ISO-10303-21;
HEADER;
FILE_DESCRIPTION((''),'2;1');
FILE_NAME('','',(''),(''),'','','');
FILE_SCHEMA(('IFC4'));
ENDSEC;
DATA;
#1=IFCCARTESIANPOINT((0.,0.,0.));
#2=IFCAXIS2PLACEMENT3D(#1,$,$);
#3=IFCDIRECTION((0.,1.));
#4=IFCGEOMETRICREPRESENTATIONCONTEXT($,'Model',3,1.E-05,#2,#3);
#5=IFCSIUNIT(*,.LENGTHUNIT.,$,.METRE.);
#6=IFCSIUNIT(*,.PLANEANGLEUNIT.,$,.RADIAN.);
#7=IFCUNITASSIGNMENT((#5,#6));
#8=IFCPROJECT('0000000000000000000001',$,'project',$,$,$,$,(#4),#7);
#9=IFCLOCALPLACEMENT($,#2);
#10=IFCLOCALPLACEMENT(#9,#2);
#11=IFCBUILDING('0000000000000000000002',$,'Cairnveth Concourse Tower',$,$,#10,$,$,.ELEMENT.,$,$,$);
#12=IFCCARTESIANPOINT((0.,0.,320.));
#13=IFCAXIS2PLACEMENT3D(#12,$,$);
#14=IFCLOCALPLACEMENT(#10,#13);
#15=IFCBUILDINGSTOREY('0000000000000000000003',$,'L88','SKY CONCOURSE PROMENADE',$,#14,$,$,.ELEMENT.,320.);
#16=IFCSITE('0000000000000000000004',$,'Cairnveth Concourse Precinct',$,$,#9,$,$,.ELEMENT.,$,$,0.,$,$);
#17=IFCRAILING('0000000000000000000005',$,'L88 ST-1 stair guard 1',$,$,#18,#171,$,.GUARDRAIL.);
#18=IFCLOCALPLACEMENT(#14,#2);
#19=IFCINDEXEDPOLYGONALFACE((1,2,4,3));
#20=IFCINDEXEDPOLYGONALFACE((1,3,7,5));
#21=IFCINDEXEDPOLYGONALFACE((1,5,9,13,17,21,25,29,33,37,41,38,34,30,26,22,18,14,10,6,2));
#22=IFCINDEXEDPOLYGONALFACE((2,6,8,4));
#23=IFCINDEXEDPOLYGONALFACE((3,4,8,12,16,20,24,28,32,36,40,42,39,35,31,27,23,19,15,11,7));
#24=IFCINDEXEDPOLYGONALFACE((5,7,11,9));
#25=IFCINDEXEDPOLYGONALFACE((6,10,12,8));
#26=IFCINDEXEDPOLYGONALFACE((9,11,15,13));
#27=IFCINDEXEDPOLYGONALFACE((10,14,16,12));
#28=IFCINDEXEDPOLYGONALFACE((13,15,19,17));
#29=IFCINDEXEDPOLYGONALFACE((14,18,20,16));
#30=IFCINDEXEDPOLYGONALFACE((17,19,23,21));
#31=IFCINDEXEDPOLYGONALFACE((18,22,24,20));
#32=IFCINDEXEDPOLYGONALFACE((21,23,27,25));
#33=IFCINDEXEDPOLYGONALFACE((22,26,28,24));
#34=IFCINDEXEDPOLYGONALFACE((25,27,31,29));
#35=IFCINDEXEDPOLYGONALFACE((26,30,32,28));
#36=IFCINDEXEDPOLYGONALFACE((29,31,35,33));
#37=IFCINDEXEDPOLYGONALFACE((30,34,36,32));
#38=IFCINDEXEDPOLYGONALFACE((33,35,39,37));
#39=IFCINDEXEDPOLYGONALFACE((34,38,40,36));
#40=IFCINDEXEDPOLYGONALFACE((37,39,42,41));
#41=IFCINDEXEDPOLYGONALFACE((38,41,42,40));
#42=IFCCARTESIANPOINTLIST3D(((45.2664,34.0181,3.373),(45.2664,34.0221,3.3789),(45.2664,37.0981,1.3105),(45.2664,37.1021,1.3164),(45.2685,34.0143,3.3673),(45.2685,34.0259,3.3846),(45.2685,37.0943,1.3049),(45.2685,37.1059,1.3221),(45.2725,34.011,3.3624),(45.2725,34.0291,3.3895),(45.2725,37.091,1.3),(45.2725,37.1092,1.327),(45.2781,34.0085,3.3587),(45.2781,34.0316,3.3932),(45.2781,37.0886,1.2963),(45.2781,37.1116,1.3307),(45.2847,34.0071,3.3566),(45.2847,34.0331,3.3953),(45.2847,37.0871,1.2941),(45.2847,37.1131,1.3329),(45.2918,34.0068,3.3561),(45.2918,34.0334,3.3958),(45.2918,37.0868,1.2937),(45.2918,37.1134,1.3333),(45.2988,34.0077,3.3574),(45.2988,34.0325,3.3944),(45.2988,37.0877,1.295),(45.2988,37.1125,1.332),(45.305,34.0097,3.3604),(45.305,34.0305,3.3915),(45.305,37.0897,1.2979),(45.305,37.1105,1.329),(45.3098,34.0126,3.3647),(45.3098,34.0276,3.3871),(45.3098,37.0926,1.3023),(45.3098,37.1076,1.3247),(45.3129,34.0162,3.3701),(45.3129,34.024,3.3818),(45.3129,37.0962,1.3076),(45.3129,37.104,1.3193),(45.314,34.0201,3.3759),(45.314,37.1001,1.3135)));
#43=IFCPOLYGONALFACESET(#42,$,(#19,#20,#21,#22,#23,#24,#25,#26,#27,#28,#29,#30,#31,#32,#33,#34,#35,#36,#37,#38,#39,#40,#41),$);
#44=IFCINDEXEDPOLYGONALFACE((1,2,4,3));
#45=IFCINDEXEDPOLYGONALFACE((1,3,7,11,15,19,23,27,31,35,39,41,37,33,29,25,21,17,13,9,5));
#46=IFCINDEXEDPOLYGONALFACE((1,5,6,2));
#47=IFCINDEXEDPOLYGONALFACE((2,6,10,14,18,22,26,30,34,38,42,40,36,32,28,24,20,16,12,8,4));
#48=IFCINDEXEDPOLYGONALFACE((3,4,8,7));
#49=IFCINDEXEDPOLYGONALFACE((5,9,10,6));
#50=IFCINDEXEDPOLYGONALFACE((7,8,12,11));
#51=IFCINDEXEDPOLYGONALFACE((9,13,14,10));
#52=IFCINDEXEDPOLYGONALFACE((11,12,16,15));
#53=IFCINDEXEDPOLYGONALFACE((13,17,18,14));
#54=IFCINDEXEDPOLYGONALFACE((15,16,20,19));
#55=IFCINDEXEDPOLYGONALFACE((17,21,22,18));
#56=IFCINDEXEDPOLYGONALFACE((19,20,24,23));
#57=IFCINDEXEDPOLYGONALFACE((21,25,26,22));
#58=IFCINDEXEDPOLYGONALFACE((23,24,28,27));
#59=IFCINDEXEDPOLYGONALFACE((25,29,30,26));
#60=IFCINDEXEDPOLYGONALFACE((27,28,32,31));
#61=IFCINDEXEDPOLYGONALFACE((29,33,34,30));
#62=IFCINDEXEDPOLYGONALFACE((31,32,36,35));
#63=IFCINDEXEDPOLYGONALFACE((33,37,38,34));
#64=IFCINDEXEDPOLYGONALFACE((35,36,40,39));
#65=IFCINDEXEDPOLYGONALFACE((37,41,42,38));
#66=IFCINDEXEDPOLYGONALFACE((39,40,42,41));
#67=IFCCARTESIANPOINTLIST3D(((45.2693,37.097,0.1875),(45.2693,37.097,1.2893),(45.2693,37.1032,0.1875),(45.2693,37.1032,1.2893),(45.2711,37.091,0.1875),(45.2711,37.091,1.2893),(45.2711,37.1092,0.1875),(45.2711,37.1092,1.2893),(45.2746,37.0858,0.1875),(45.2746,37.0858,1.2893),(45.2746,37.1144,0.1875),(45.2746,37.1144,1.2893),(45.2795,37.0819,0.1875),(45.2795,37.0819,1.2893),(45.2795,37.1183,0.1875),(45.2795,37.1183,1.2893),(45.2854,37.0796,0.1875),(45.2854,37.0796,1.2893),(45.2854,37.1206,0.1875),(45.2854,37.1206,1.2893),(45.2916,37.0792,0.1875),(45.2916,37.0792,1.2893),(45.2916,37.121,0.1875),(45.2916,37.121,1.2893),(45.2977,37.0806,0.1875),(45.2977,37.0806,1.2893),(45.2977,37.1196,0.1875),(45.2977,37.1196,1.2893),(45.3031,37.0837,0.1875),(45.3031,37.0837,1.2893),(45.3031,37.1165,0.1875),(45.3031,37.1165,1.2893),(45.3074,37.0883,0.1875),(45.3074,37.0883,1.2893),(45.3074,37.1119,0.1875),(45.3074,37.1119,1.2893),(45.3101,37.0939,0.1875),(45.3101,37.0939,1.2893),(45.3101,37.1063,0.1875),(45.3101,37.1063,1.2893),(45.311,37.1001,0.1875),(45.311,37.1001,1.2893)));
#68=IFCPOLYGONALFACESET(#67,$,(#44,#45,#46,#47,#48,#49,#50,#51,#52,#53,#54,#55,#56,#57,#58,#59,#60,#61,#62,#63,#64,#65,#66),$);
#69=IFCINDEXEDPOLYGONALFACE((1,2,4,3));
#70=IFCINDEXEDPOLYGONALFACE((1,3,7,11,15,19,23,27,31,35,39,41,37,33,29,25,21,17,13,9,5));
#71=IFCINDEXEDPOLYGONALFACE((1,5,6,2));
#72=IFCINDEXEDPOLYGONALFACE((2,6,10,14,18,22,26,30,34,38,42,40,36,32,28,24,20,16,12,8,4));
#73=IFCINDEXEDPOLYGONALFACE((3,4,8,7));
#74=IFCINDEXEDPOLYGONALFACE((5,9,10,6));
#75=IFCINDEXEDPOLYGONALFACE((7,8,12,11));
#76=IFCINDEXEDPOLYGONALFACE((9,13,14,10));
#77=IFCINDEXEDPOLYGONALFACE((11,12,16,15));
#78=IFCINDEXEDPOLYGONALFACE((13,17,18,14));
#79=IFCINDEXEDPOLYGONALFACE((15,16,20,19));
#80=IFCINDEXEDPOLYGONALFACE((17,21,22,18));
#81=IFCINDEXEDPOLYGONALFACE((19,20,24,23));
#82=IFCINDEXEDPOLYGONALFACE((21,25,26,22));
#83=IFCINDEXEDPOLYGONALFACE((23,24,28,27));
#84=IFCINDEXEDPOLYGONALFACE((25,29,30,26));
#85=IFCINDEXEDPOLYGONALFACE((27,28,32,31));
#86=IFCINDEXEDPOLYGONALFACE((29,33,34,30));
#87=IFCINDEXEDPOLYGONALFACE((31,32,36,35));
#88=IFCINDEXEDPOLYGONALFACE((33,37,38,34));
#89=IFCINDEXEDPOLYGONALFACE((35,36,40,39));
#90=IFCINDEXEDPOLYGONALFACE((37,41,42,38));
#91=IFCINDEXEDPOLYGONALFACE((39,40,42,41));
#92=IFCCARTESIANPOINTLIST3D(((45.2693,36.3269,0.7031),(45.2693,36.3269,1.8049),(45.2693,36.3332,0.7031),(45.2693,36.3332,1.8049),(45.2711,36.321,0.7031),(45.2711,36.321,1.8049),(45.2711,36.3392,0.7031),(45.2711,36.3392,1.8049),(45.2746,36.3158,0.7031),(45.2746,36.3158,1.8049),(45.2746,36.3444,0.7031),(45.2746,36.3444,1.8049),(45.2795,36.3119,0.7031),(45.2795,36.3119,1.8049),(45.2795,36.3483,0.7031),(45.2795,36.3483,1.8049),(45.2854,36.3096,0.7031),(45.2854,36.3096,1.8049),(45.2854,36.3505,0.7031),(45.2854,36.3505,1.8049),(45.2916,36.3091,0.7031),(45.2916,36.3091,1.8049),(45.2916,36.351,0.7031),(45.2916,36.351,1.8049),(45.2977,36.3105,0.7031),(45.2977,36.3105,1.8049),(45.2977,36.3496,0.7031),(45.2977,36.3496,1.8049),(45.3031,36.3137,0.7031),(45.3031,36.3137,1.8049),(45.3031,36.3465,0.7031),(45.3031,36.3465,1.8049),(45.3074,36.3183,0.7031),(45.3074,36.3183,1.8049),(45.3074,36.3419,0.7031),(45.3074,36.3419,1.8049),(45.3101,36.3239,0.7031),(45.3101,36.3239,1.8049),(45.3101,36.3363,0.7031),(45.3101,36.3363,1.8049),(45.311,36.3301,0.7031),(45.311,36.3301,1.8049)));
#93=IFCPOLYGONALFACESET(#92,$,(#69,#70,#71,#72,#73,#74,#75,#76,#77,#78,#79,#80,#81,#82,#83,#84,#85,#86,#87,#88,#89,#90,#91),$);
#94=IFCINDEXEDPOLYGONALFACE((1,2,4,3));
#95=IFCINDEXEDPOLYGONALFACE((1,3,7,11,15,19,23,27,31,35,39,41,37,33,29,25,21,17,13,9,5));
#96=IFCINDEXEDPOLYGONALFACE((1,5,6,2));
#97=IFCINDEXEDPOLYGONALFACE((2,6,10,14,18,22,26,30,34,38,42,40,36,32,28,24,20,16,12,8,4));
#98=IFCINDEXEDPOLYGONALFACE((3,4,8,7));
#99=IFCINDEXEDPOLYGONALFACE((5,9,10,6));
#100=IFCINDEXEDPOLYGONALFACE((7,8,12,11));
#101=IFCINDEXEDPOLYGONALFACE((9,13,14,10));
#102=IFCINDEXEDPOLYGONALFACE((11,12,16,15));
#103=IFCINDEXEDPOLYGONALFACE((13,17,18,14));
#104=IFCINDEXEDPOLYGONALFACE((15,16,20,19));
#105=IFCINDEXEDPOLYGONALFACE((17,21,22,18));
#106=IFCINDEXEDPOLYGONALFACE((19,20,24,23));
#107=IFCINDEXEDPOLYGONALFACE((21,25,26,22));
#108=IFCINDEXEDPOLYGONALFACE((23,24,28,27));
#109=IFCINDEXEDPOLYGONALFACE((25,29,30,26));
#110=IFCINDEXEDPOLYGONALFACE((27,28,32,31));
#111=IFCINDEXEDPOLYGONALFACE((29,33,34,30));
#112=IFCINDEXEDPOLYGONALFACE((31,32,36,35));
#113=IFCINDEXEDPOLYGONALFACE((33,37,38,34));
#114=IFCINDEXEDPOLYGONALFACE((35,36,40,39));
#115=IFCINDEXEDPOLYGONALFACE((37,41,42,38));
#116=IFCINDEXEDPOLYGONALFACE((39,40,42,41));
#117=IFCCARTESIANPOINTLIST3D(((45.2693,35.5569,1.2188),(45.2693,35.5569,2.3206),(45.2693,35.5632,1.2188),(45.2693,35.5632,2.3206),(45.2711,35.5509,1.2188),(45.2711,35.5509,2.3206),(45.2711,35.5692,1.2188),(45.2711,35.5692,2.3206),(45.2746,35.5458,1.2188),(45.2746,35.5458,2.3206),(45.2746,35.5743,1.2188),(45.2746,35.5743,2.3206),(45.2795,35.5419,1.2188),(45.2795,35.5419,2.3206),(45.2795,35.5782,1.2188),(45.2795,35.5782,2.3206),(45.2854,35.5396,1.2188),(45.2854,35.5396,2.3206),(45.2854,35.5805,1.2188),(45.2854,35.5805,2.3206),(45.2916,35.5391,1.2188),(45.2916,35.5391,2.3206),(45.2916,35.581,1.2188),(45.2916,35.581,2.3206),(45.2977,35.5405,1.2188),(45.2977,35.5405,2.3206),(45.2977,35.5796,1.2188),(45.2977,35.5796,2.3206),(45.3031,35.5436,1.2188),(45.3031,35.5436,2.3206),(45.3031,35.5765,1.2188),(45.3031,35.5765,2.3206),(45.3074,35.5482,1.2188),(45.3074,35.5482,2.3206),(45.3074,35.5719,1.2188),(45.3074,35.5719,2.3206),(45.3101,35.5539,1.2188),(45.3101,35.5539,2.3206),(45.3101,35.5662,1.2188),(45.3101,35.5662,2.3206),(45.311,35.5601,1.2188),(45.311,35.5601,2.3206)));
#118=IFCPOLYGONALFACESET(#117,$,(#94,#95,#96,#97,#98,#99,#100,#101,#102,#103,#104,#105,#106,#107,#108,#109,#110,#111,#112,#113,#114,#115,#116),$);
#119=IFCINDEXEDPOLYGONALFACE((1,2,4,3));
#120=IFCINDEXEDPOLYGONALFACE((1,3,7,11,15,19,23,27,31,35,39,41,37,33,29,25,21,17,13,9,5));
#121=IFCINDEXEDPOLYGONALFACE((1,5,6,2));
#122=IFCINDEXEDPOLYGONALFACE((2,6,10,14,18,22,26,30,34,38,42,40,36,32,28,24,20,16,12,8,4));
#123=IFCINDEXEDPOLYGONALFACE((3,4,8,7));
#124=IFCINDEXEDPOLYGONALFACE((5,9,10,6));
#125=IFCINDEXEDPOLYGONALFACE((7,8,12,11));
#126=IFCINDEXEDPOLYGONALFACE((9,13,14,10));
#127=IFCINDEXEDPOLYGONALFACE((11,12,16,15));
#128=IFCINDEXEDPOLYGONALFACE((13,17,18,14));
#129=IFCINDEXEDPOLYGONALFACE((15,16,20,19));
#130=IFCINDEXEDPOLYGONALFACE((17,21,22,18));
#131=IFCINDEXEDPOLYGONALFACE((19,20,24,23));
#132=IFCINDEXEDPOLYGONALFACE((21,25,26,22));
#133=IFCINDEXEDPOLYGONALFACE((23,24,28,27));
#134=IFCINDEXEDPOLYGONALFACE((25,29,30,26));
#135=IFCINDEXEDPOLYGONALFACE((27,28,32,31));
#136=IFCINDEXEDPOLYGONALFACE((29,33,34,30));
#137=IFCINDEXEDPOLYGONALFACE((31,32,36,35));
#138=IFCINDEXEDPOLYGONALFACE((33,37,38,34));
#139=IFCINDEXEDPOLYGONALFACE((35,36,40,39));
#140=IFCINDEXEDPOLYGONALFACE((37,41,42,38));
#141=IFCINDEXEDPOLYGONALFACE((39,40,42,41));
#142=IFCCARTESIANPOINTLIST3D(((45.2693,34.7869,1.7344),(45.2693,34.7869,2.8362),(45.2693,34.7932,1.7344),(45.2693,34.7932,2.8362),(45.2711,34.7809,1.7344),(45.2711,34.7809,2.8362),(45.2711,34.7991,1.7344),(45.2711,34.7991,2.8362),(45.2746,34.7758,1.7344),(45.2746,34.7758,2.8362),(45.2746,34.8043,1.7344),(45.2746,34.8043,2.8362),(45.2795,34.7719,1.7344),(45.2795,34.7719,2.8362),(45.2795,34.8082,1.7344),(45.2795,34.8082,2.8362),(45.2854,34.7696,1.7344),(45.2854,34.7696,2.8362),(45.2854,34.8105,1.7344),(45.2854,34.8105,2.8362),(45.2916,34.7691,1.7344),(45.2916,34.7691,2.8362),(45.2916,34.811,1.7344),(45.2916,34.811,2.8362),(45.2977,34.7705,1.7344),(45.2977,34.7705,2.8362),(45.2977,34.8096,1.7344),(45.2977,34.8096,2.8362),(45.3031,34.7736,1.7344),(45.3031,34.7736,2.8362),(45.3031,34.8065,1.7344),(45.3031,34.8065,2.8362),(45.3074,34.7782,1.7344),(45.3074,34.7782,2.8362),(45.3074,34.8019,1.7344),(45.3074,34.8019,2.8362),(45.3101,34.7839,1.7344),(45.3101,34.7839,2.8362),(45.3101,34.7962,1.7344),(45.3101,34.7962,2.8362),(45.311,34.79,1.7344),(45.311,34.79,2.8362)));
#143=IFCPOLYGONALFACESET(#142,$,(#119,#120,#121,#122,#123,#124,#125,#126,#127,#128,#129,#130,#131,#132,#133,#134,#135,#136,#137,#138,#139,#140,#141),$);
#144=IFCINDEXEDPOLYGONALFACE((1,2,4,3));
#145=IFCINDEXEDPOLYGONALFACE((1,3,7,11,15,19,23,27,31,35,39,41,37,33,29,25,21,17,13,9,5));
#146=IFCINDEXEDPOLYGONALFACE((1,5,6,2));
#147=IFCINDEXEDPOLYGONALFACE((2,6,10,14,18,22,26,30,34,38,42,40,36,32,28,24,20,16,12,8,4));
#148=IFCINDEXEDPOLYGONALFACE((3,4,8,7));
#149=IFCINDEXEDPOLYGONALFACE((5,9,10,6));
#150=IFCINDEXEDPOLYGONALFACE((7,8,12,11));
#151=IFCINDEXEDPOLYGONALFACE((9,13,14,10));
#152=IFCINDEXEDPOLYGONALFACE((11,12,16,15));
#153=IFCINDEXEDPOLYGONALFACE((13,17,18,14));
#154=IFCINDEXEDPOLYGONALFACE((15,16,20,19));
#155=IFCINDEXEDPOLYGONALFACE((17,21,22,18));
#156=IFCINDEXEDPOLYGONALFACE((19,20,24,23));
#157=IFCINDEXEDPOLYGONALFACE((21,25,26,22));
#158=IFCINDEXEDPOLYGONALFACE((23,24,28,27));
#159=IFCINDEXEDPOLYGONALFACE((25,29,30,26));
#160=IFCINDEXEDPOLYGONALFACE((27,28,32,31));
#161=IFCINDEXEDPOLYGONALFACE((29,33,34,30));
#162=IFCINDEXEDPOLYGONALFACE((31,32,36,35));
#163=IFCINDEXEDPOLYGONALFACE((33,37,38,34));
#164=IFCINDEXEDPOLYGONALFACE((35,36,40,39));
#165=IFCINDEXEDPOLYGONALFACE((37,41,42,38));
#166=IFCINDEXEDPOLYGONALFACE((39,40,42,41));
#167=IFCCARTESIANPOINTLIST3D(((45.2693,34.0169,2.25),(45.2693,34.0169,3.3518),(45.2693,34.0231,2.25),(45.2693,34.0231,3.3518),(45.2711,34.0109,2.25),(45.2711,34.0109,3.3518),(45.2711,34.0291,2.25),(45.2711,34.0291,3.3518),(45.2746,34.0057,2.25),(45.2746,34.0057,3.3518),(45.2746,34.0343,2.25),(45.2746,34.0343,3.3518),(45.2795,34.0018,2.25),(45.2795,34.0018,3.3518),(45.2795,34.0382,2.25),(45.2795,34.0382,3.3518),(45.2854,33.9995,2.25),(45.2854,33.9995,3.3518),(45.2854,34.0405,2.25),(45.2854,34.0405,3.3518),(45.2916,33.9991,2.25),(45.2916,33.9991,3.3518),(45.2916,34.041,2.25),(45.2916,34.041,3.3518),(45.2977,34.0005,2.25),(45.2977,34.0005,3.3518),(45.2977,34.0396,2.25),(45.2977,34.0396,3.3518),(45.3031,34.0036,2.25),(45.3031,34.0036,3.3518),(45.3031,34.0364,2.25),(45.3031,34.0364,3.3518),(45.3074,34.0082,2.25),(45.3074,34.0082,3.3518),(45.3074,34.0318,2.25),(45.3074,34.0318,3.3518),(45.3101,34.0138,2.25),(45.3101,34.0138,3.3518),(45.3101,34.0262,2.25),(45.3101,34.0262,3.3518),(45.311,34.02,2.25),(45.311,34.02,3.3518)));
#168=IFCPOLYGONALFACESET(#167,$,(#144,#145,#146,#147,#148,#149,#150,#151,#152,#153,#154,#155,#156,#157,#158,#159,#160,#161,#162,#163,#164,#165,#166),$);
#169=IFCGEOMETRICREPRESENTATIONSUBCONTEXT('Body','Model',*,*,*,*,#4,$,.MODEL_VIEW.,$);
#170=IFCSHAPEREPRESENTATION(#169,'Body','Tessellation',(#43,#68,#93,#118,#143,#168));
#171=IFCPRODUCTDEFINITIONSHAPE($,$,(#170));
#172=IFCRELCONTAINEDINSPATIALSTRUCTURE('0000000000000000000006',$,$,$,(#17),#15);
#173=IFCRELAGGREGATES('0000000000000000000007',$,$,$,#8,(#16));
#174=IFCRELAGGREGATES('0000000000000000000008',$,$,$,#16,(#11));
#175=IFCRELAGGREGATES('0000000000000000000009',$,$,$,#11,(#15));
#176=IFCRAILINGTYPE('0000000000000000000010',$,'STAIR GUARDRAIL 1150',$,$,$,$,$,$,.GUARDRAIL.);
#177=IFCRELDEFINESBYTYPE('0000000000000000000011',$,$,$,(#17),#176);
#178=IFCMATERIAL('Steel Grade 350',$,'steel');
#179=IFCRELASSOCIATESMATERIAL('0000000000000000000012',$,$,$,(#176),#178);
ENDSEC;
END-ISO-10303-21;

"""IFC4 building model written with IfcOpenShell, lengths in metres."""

from ifc_helpers import new_model, si_unit, direction, frame, origin, origin_2d, place, context, subcontext, project, spatial, circle, extrude, material, type_object, element, save


model = new_model("IFC4")

# Units and contexts
model_context = context("Model", 3, precision=1e-05, world=origin(), true_north=direction((0.0, 1.0)))
body_context = subcontext(model_context, "Body", "Model", "MODEL_VIEW")
ifc_project = project(units=[si_unit("LENGTHUNIT", "METRE"), si_unit("PLANEANGLEUNIT", "RADIAN")], contexts=[model_context])

# Site, building, storey
site_placement = place(None, origin())
site = spatial("IfcSite", under=ifc_project, at=site_placement, Name="Cairnveth Concourse Precinct", CompositionType="ELEMENT", RefElevation=0.0)
building_placement = place(site_placement, origin())
building = spatial("IfcBuilding", under=site, at=building_placement, Name="Cairnveth Concourse Tower", CompositionType="ELEMENT")
storey_placement = place(building_placement, frame((0.0, 0.0, 320.0)))
storey = spatial("IfcBuildingStorey", under=building, at=storey_placement, Name="L88", Description="SKY CONCOURSE PROMENADE", CompositionType="ELEMENT", Elevation=320.0)

# Shared definitions
ifc_material_1 = material(Name="Steel Grade 350", Category="steel")

# Railing
railing_type_1 = type_object("IfcRailingType", Name="STAIR GUARDRAIL 1150", PredefinedType="GUARDRAIL", material=ifc_material_1)
railing_1_placement = place(storey_placement, frame((45.29, 37.1001, 0.1875)))
element("IfcRailing", 1, at=railing_1_placement, inside=storey, type_object=railing_type_1, Name="L88 ST-1 stair guard 1", PredefinedType="GUARDRAIL", context=body_context, shape_type="SweptSolid", body=[
    extrude(circle(Radius=0.0239, at=origin_2d()), frame((0.0, 0.0, 1.126), z_axis=(0.0, -0.830914, 0.556401), x_axis=(1.0, 0.0, 0.0)), (0.0, 0.0, 1.0), 3.7068),
    extrude(circle(Radius=0.021, at=origin_2d()), origin(), (0.0, 0.0, 1.0), 1.1018),
    extrude(circle(Radius=0.021, at=origin_2d()), frame((0.0, -0.77, 0.5156)), (0.0, 0.0, 1.0), 1.1018),
    extrude(circle(Radius=0.021, at=origin_2d()), frame((0.0, -1.54, 1.0312)), (0.0, 0.0, 1.0), 1.1018),
    extrude(circle(Radius=0.021, at=origin_2d()), frame((0.0, -2.3101, 1.5469)), (0.0, 0.0, 1.0), 1.1018),
    extrude(circle(Radius=0.021, at=origin_2d()), frame((0.0, -3.0801, 2.0625)), (0.0, 0.0, 1.0), 1.1018),
])

save(model, "model.ifc")
